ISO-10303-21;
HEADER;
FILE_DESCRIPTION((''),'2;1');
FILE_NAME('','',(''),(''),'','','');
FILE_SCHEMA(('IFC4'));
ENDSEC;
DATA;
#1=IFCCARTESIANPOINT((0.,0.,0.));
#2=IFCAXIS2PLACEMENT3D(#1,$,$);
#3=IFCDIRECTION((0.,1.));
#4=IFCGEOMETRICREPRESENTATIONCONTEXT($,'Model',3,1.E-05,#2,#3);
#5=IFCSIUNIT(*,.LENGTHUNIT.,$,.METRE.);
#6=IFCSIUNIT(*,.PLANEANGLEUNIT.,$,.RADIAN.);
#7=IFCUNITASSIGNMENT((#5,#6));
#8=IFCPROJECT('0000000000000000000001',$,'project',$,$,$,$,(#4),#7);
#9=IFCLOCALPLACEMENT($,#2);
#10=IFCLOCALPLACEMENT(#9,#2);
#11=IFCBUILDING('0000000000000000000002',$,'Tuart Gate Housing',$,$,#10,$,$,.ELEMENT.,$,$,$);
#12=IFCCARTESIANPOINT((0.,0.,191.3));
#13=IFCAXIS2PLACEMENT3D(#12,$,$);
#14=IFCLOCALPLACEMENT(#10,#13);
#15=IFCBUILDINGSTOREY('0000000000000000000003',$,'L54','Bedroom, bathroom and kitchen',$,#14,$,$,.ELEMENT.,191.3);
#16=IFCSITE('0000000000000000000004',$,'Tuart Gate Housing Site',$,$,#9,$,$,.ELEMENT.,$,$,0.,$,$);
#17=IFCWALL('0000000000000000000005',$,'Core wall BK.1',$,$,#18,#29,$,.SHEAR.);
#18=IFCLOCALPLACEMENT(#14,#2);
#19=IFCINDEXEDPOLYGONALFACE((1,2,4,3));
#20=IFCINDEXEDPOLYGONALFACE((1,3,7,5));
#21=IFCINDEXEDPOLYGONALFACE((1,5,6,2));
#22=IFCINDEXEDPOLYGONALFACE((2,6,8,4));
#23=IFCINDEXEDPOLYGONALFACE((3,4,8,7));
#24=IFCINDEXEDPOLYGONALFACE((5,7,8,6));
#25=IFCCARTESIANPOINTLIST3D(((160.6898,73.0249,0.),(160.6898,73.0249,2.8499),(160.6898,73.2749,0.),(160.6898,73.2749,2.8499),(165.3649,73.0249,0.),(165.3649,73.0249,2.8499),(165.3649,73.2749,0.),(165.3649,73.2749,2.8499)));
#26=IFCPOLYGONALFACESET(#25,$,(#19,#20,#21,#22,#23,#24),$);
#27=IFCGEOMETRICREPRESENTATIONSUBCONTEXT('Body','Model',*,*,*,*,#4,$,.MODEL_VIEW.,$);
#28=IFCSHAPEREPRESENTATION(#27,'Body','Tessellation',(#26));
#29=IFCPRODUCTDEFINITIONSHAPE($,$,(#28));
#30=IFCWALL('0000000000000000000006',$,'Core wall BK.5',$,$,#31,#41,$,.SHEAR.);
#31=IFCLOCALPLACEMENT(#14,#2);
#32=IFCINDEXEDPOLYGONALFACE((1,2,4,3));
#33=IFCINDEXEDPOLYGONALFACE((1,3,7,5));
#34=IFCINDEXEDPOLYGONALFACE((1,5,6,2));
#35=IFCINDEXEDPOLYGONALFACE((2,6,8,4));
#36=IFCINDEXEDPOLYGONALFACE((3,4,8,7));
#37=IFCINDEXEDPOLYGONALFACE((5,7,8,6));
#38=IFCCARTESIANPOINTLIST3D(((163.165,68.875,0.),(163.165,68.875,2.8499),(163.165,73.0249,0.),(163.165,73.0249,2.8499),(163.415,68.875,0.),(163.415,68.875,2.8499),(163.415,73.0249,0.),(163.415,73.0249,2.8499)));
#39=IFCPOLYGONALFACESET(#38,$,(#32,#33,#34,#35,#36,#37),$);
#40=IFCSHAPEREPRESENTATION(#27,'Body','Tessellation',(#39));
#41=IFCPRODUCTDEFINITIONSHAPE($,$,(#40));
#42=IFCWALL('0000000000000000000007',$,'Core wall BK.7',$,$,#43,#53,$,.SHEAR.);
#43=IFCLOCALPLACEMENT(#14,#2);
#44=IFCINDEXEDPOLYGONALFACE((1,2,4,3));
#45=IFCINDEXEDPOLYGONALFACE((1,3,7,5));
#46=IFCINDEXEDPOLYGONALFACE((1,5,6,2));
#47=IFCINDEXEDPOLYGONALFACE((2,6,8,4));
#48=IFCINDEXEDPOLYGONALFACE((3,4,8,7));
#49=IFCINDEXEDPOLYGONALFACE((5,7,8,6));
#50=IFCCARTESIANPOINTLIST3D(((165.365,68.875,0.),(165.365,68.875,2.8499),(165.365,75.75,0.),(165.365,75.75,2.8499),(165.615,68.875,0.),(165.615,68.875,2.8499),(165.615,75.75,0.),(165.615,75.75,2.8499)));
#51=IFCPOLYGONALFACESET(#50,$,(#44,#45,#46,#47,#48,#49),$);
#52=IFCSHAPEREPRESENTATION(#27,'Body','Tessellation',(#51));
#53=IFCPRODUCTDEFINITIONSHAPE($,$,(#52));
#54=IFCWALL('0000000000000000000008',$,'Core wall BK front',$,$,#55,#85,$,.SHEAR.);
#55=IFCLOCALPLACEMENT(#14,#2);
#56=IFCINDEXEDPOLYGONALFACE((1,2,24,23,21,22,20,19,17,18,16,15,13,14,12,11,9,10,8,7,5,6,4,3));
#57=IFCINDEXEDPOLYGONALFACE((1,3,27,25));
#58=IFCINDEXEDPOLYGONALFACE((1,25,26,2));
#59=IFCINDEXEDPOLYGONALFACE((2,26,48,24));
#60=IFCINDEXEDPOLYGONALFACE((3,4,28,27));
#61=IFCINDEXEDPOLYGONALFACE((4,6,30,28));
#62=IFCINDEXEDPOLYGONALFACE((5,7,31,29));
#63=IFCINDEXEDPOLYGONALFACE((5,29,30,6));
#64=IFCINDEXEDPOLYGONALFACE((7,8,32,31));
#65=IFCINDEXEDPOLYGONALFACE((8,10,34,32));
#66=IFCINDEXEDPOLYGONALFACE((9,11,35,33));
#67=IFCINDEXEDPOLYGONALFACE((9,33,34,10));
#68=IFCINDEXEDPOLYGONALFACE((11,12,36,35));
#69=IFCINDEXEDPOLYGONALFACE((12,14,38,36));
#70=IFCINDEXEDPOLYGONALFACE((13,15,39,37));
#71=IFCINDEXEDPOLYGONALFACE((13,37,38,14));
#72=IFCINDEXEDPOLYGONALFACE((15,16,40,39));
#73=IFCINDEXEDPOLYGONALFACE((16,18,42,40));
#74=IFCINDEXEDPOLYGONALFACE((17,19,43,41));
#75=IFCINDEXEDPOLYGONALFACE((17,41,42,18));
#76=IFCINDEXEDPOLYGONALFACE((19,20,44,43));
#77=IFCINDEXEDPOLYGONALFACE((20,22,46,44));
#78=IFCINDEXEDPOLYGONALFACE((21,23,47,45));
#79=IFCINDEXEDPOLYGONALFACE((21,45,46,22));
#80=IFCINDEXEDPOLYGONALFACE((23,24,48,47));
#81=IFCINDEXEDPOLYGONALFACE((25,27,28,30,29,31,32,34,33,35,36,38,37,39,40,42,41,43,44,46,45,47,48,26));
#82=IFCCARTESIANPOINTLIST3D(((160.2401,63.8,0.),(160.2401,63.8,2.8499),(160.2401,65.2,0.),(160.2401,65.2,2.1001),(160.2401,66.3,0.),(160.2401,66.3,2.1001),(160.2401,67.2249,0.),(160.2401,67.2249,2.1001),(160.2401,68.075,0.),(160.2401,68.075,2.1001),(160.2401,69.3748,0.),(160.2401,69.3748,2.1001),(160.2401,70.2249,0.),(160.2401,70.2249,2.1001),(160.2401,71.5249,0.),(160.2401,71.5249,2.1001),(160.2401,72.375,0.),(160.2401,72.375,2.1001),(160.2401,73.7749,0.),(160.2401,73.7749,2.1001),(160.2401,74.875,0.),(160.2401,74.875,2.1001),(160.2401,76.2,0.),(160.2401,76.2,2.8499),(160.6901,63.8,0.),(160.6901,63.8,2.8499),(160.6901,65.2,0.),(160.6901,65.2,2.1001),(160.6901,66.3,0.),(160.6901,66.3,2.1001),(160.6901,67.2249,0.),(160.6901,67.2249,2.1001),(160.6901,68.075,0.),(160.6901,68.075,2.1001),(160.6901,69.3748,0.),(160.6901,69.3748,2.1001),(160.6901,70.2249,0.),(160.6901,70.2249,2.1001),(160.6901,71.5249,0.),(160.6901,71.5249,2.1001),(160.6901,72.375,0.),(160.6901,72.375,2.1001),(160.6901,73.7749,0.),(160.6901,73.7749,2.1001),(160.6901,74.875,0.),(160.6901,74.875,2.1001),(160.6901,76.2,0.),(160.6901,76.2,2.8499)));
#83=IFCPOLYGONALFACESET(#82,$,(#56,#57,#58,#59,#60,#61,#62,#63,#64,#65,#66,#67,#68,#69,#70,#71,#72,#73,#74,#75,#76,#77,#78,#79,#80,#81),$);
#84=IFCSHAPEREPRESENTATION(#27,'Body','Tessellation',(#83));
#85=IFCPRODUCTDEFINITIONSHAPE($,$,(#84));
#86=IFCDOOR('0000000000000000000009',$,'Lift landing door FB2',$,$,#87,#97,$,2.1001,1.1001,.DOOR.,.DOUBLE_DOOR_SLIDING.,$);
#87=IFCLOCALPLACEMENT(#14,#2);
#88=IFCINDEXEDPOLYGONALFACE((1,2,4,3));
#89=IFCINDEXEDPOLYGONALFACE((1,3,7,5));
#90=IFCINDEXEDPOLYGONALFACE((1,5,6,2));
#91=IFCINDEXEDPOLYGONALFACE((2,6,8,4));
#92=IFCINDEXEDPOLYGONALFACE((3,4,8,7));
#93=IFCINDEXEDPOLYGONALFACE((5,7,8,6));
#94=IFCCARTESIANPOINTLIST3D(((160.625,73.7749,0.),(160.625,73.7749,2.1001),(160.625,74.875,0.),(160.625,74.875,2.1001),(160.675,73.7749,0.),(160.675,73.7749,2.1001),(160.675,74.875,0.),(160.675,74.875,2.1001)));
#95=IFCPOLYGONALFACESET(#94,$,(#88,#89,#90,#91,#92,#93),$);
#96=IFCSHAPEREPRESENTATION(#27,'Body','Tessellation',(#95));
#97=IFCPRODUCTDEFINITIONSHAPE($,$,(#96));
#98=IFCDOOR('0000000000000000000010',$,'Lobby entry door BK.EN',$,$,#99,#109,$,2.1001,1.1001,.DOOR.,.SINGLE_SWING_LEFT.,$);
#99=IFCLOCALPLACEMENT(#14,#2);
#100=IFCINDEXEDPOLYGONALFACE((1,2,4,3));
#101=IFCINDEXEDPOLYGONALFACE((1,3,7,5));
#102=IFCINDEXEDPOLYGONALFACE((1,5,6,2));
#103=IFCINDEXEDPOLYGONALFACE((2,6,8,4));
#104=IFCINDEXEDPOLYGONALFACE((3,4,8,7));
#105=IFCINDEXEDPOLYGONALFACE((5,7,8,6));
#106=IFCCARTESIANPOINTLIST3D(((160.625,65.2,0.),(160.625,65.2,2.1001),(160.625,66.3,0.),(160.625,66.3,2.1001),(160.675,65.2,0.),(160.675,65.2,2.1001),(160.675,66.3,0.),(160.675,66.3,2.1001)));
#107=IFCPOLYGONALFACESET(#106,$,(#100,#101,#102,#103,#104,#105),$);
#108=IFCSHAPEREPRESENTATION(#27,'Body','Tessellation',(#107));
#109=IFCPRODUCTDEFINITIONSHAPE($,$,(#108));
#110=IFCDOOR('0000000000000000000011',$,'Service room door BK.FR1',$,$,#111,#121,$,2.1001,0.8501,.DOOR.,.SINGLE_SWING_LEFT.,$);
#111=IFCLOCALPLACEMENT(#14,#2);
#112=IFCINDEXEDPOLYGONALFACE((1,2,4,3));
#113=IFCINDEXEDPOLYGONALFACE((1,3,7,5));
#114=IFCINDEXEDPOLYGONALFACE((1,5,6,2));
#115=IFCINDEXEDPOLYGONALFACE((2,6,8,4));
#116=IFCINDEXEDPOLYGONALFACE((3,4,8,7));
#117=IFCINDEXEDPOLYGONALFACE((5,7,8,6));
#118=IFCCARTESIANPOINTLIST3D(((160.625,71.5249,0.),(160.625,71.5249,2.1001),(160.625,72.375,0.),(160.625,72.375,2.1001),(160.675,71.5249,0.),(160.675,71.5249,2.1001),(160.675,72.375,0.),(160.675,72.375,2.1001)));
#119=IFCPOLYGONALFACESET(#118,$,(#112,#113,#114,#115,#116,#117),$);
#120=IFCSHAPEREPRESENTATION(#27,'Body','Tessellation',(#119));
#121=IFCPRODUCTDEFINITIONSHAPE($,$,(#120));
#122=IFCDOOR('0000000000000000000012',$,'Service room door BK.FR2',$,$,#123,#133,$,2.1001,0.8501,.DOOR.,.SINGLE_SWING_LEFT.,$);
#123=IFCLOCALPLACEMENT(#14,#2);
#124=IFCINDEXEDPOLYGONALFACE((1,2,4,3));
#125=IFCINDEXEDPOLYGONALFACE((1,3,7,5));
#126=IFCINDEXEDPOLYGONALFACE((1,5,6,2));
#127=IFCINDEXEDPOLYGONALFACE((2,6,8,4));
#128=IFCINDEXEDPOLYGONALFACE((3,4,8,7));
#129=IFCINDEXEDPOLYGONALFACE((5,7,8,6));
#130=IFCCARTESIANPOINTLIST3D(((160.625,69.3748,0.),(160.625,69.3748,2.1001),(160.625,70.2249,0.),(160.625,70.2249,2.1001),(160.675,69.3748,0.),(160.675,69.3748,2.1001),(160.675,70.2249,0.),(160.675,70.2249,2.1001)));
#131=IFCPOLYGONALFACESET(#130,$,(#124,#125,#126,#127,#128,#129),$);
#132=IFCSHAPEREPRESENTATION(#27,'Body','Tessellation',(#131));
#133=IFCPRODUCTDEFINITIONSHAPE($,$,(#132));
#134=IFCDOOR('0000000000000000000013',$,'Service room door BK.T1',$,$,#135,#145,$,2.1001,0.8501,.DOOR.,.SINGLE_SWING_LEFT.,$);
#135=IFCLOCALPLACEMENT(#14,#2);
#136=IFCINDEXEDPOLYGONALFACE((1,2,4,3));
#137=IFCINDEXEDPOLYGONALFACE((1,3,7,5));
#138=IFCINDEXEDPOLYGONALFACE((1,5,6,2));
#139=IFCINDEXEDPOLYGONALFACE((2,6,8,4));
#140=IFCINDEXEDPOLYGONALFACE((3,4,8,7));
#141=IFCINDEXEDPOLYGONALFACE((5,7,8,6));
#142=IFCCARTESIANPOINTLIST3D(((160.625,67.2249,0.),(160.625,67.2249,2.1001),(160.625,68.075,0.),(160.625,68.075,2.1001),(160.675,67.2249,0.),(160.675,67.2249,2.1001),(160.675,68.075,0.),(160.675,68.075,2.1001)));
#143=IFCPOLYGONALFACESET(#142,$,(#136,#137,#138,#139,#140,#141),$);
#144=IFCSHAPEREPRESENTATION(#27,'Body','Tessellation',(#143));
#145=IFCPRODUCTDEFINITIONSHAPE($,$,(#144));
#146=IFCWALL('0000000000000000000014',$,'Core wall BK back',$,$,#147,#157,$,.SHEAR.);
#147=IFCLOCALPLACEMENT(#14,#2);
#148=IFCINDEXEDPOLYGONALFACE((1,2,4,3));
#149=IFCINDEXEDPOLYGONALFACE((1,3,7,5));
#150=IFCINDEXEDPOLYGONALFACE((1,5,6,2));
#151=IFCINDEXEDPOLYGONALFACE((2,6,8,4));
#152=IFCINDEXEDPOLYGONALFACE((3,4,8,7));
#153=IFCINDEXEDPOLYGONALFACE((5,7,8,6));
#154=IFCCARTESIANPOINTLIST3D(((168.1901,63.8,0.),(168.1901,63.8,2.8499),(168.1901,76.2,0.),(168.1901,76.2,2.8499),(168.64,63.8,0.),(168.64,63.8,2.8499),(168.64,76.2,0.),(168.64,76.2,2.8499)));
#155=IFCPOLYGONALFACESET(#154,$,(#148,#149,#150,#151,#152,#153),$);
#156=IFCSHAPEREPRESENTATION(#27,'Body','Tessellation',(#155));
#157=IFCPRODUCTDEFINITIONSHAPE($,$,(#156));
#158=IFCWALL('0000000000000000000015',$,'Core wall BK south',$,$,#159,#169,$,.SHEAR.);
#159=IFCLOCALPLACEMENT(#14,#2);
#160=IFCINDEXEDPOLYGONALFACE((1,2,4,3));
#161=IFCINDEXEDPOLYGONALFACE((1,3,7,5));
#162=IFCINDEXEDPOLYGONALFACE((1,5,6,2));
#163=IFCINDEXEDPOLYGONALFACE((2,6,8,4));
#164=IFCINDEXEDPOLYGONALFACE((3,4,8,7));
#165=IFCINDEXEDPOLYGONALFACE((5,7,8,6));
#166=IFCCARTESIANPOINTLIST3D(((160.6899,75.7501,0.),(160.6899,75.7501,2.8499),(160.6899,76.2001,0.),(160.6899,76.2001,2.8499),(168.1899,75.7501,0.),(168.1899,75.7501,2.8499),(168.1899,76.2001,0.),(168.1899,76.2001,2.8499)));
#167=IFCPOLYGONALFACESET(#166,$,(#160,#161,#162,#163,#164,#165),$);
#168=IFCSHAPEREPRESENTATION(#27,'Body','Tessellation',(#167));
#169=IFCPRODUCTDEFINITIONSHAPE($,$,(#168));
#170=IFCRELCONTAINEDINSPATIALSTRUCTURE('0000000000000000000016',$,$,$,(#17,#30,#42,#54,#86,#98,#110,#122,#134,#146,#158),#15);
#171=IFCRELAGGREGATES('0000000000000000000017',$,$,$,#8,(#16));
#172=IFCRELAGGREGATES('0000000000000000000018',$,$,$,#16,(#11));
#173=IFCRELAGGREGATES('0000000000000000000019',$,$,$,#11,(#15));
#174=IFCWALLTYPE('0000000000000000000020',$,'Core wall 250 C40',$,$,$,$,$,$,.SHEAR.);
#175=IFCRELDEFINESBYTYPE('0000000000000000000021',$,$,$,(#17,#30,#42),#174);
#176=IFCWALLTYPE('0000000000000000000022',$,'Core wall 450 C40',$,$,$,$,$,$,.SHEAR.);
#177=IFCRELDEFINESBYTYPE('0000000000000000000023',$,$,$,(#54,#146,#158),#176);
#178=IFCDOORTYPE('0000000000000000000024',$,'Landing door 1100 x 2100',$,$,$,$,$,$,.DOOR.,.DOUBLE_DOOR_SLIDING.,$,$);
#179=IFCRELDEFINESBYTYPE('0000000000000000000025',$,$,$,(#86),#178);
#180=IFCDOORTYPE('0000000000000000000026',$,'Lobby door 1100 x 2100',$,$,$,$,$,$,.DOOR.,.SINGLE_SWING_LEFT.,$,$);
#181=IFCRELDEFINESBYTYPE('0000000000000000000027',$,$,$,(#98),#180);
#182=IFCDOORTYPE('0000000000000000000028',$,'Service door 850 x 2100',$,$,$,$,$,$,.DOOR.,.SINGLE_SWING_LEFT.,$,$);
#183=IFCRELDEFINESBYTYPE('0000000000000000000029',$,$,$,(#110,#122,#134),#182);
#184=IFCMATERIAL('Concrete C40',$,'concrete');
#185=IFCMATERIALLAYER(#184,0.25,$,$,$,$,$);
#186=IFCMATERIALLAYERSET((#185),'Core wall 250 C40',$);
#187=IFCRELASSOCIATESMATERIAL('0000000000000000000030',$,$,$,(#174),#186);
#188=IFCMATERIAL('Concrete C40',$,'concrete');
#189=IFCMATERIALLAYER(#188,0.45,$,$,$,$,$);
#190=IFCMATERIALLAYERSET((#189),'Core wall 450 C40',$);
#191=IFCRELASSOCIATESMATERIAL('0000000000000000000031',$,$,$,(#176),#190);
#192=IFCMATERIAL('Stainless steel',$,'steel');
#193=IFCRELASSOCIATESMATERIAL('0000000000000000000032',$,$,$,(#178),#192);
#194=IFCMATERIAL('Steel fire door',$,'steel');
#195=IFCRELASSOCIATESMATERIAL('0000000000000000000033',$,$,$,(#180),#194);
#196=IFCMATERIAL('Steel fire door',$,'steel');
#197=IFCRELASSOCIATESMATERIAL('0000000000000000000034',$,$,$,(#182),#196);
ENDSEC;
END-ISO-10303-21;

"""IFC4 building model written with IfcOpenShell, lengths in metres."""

from ifc_helpers import new_model, si_unit, direction, frame, frame_2d, origin, place, context, subcontext, project, spatial, rectangle, extrude, material, layer, layer_set, type_object, element, fill, save


model = new_model("IFC4")

# Units and contexts
model_context = context("Model", 3, precision=1e-05, world=origin(), true_north=direction((0.0, 1.0)))
body_context = subcontext(model_context, "Body", "Model", "MODEL_VIEW")
ifc_project = project(units=[si_unit("LENGTHUNIT", "METRE"), si_unit("PLANEANGLEUNIT", "RADIAN")], contexts=[model_context])

# Site, building, storey
site_placement = place(None, origin())
site = spatial("IfcSite", under=ifc_project, at=site_placement, Name="Tuart Gate Housing Site", CompositionType="ELEMENT", RefElevation=0.0)
building_placement = place(site_placement, origin())
building = spatial("IfcBuilding", under=site, at=building_placement, Name="Tuart Gate Housing", CompositionType="ELEMENT")
storey_placement = place(building_placement, frame((0.0, 0.0, 191.3)))
storey = spatial("IfcBuildingStorey", under=building, at=storey_placement, Name="L54", Description="Bedroom, bathroom and kitchen", CompositionType="ELEMENT", Elevation=191.3)

# Walls
ifc_material_1 = material(Name="Concrete C40", Category="concrete")
ifc_layer_1 = layer(ifc_material_1, 0.25)
ifc_layer_set_1 = layer_set([ifc_layer_1], Name="Core wall 250 C40")
wall_type_1 = type_object("IfcWallType", Name="Core wall 250 C40", PredefinedType="SHEAR", material=ifc_layer_set_1)
wall_1_placement = place(storey_placement, frame((160.6899, 73.1499, 0.0), z_axis=(0.0, 0.0, 1.0), x_axis=(1.0, 0.0, 0.0)))
element("IfcWall", 1, at=wall_1_placement, inside=storey, type_object=wall_type_1, Name="Core wall BK.1", PredefinedType="SHEAR", context=body_context, shape_type="SweptSolid", body=[
    extrude(rectangle(XDim=4.675, YDim=0.25, at=frame_2d((2.3374, 0.0))), origin(), (0.0, 0.0, 1.0), 2.8499),
])
wall_2_placement = place(storey_placement, frame((163.29, 73.0249, 0.0), z_axis=(0.0, 0.0, 1.0), x_axis=(0.0, -1.0, 0.0)))
element("IfcWall", 2, at=wall_2_placement, inside=storey, type_object=wall_type_1, Name="Core wall BK.5", PredefinedType="SHEAR", context=body_context, shape_type="SweptSolid", body=[
    extrude(rectangle(XDim=4.1499, YDim=0.25, at=frame_2d((2.075, 0.0))), origin(), (0.0, 0.0, 1.0), 2.8499),
])
wall_3_placement = place(storey_placement, frame((165.49, 75.75, 0.0), z_axis=(0.0, 0.0, 1.0), x_axis=(0.0, -1.0, 0.0)))
element("IfcWall", 3, at=wall_3_placement, inside=storey, type_object=wall_type_1, Name="Core wall BK.7", PredefinedType="SHEAR", context=body_context, shape_type="SweptSolid", body=[
    extrude(rectangle(XDim=6.875, YDim=0.25, at=frame_2d((3.4375, 0.0))), origin(), (0.0, 0.0, 1.0), 2.8499),
])

# Wall, openings, doors
ifc_material_2 = material(Name="Concrete C40", Category="concrete")
ifc_layer_2 = layer(ifc_material_2, 0.45)
ifc_layer_set_2 = layer_set([ifc_layer_2], Name="Core wall 450 C40")
wall_type_2 = type_object("IfcWallType", Name="Core wall 450 C40", PredefinedType="SHEAR", material=ifc_layer_set_2)
wall_4_placement = place(storey_placement, frame((160.4651, 76.2, 0.0), z_axis=(0.0, 0.0, 1.0), x_axis=(0.0, -1.0, 0.0)))
wall_4 = element("IfcWall", 4, at=wall_4_placement, inside=storey, type_object=wall_type_2, Name="Core wall BK front", PredefinedType="SHEAR", context=body_context, shape_type="SweptSolid", body=[
    extrude(rectangle(XDim=12.3999, YDim=0.45, at=frame_2d((6.2, 0.0))), origin(), (0.0, 0.0, 1.0), 2.8499),
])
opening_1_placement = place(wall_4_placement, frame((1.325, 0.0, 0.0)))
opening_1 = element("IfcOpeningElement", 5, at=opening_1_placement, cuts=wall_4, PredefinedType="OPENING", context=body_context, shape_type="SweptSolid", body=[
    extrude(rectangle(XDim=1.1001, YDim=2.1001, at=frame_2d((0.55, 1.05))), frame((0.0, 0.2349, 0.0), z_axis=(0.0, -1.0, 0.0), x_axis=(1.0, 0.0, 0.0)), (0.0, 0.0, 1.0), 0.47),
])
opening_2_placement = place(wall_4_placement, frame((3.825, 0.0, 0.0)))
opening_2 = element("IfcOpeningElement", 6, at=opening_2_placement, cuts=wall_4, PredefinedType="OPENING", context=body_context, shape_type="SweptSolid", body=[
    extrude(rectangle(XDim=0.8501, YDim=2.1001, at=frame_2d((0.425, 1.05))), frame((0.0, 0.2349, 0.0), z_axis=(0.0, -1.0, 0.0), x_axis=(1.0, 0.0, 0.0)), (0.0, 0.0, 1.0), 0.47),
])
opening_3_placement = place(wall_4_placement, frame((5.9751, 0.0, 0.0)))
opening_3 = element("IfcOpeningElement", 7, at=opening_3_placement, cuts=wall_4, PredefinedType="OPENING", context=body_context, shape_type="SweptSolid", body=[
    extrude(rectangle(XDim=0.8501, YDim=2.1001, at=frame_2d((0.425, 1.05))), frame((0.0, 0.2349, 0.0), z_axis=(0.0, -1.0, 0.0), x_axis=(1.0, 0.0, 0.0)), (0.0, 0.0, 1.0), 0.47),
])
opening_4_placement = place(wall_4_placement, frame((9.8999, 0.0, 0.0)))
opening_4 = element("IfcOpeningElement", 8, at=opening_4_placement, cuts=wall_4, PredefinedType="OPENING", context=body_context, shape_type="SweptSolid", body=[
    extrude(rectangle(XDim=1.1001, YDim=2.1001, at=frame_2d((0.55, 1.05))), frame((0.0, 0.2349, 0.0), z_axis=(0.0, -1.0, 0.0), x_axis=(1.0, 0.0, 0.0)), (0.0, 0.0, 1.0), 0.47),
])
opening_5_placement = place(wall_4_placement, frame((8.125, 0.0, 0.0)))
opening_5 = element("IfcOpeningElement", 9, at=opening_5_placement, cuts=wall_4, PredefinedType="OPENING", context=body_context, shape_type="SweptSolid", body=[
    extrude(rectangle(XDim=0.8501, YDim=2.1001, at=frame_2d((0.425, 1.05))), frame((0.0, 0.2349, 0.0), z_axis=(0.0, -1.0, 0.0), x_axis=(1.0, 0.0, 0.0)), (0.0, 0.0, 1.0), 0.47),
])
ifc_material_3 = material(Name="Stainless steel", Category="steel")
door_type_1 = type_object("IfcDoorType", Name="Landing door 1100 x 2100", OperationType="DOUBLE_DOOR_SLIDING", PredefinedType="DOOR", material=ifc_material_3)
door_1_placement = place(opening_1_placement, origin())
door_1 = element("IfcDoor", 10, at=door_1_placement, inside=storey, type_object=door_type_1, Name="Lift landing door FB2", OperationType="DOUBLE_DOOR_SLIDING", OverallHeight=2.1001, OverallWidth=1.1001, PredefinedType="DOOR", context=body_context, shape_type="SweptSolid", body=[
    extrude(rectangle(XDim=1.1001, YDim=2.1001, at=frame_2d((0.55, 1.05))), frame((0.0, 0.21, 0.0), z_axis=(0.0, -1.0, 0.0), x_axis=(1.0, 0.0, 0.0)), (0.0, 0.0, 1.0), 0.05),
])
fill(opening_1, door_1)
ifc_material_4 = material(Name="Steel fire door", Category="steel")
door_type_2 = type_object("IfcDoorType", Name="Lobby door 1100 x 2100", OperationType="SINGLE_SWING_LEFT", PredefinedType="DOOR", material=ifc_material_4)
door_2_placement = place(opening_4_placement, origin())
door_2 = element("IfcDoor", 11, at=door_2_placement, inside=storey, type_object=door_type_2, Name="Lobby entry door BK.EN", OperationType="SINGLE_SWING_LEFT", OverallHeight=2.1001, OverallWidth=1.1001, PredefinedType="DOOR", context=body_context, shape_type="SweptSolid", body=[
    extrude(rectangle(XDim=1.1001, YDim=2.1001, at=frame_2d((0.55, 1.05))), frame((0.0, 0.21, 0.0), z_axis=(0.0, -1.0, 0.0), x_axis=(1.0, 0.0, 0.0)), (0.0, 0.0, 1.0), 0.05),
])
fill(opening_4, door_2)
ifc_material_5 = material(Name="Steel fire door", Category="steel")
door_type_3 = type_object("IfcDoorType", Name="Service door 850 x 2100", OperationType="SINGLE_SWING_LEFT", PredefinedType="DOOR", material=ifc_material_5)
door_3_placement = place(opening_2_placement, origin())
door_3 = element("IfcDoor", 12, at=door_3_placement, inside=storey, type_object=door_type_3, Name="Service room door BK.FR1", OperationType="SINGLE_SWING_LEFT", OverallHeight=2.1001, OverallWidth=0.8501, PredefinedType="DOOR", context=body_context, shape_type="SweptSolid", body=[
    extrude(rectangle(XDim=0.8501, YDim=2.1001, at=frame_2d((0.425, 1.05))), frame((0.0, 0.21, 0.0), z_axis=(0.0, -1.0, 0.0), x_axis=(1.0, 0.0, 0.0)), (0.0, 0.0, 1.0), 0.05),
])
fill(opening_2, door_3)
door_4_placement = place(opening_3_placement, origin())
door_4 = element("IfcDoor", 13, at=door_4_placement, inside=storey, type_object=door_type_3, Name="Service room door BK.FR2", OperationType="SINGLE_SWING_LEFT", OverallHeight=2.1001, OverallWidth=0.8501, PredefinedType="DOOR", context=body_context, shape_type="SweptSolid", body=[
    extrude(rectangle(XDim=0.8501, YDim=2.1001, at=frame_2d((0.425, 1.05))), frame((0.0, 0.21, 0.0), z_axis=(0.0, -1.0, 0.0), x_axis=(1.0, 0.0, 0.0)), (0.0, 0.0, 1.0), 0.05),
])
fill(opening_3, door_4)
door_5_placement = place(opening_5_placement, origin())
door_5 = element("IfcDoor", 14, at=door_5_placement, inside=storey, type_object=door_type_3, Name="Service room door BK.T1", OperationType="SINGLE_SWING_LEFT", OverallHeight=2.1001, OverallWidth=0.8501, PredefinedType="DOOR", context=body_context, shape_type="SweptSolid", body=[
    extrude(rectangle(XDim=0.8501, YDim=2.1001, at=frame_2d((0.425, 1.05))), frame((0.0, 0.21, 0.0), z_axis=(0.0, -1.0, 0.0), x_axis=(1.0, 0.0, 0.0)), (0.0, 0.0, 1.0), 0.05),
])
fill(opening_5, door_5)

# Walls
wall_5_placement = place(storey_placement, frame((168.415, 76.2, 0.0), z_axis=(0.0, 0.0, 1.0), x_axis=(0.0, -1.0, 0.0)))
element("IfcWall", 15, at=wall_5_placement, inside=storey, type_object=wall_type_2, Name="Core wall BK back", PredefinedType="SHEAR", context=body_context, shape_type="SweptSolid", body=[
    extrude(rectangle(XDim=12.3999, YDim=0.45, at=frame_2d((6.2, 0.0))), origin(), (0.0, 0.0, 1.0), 2.8499),
])
wall_6_placement = place(storey_placement, frame((160.6899, 75.9751, 0.0), z_axis=(0.0, 0.0, 1.0), x_axis=(1.0, 0.0, 0.0)))
element("IfcWall", 16, at=wall_6_placement, inside=storey, type_object=wall_type_2, Name="Core wall BK south", PredefinedType="SHEAR", context=body_context, shape_type="SweptSolid", body=[
    extrude(rectangle(XDim=7.5, YDim=0.45, at=frame_2d((3.75, 0.0))), origin(), (0.0, 0.0, 1.0), 2.8499),
])

save(model, "model.ifc")
